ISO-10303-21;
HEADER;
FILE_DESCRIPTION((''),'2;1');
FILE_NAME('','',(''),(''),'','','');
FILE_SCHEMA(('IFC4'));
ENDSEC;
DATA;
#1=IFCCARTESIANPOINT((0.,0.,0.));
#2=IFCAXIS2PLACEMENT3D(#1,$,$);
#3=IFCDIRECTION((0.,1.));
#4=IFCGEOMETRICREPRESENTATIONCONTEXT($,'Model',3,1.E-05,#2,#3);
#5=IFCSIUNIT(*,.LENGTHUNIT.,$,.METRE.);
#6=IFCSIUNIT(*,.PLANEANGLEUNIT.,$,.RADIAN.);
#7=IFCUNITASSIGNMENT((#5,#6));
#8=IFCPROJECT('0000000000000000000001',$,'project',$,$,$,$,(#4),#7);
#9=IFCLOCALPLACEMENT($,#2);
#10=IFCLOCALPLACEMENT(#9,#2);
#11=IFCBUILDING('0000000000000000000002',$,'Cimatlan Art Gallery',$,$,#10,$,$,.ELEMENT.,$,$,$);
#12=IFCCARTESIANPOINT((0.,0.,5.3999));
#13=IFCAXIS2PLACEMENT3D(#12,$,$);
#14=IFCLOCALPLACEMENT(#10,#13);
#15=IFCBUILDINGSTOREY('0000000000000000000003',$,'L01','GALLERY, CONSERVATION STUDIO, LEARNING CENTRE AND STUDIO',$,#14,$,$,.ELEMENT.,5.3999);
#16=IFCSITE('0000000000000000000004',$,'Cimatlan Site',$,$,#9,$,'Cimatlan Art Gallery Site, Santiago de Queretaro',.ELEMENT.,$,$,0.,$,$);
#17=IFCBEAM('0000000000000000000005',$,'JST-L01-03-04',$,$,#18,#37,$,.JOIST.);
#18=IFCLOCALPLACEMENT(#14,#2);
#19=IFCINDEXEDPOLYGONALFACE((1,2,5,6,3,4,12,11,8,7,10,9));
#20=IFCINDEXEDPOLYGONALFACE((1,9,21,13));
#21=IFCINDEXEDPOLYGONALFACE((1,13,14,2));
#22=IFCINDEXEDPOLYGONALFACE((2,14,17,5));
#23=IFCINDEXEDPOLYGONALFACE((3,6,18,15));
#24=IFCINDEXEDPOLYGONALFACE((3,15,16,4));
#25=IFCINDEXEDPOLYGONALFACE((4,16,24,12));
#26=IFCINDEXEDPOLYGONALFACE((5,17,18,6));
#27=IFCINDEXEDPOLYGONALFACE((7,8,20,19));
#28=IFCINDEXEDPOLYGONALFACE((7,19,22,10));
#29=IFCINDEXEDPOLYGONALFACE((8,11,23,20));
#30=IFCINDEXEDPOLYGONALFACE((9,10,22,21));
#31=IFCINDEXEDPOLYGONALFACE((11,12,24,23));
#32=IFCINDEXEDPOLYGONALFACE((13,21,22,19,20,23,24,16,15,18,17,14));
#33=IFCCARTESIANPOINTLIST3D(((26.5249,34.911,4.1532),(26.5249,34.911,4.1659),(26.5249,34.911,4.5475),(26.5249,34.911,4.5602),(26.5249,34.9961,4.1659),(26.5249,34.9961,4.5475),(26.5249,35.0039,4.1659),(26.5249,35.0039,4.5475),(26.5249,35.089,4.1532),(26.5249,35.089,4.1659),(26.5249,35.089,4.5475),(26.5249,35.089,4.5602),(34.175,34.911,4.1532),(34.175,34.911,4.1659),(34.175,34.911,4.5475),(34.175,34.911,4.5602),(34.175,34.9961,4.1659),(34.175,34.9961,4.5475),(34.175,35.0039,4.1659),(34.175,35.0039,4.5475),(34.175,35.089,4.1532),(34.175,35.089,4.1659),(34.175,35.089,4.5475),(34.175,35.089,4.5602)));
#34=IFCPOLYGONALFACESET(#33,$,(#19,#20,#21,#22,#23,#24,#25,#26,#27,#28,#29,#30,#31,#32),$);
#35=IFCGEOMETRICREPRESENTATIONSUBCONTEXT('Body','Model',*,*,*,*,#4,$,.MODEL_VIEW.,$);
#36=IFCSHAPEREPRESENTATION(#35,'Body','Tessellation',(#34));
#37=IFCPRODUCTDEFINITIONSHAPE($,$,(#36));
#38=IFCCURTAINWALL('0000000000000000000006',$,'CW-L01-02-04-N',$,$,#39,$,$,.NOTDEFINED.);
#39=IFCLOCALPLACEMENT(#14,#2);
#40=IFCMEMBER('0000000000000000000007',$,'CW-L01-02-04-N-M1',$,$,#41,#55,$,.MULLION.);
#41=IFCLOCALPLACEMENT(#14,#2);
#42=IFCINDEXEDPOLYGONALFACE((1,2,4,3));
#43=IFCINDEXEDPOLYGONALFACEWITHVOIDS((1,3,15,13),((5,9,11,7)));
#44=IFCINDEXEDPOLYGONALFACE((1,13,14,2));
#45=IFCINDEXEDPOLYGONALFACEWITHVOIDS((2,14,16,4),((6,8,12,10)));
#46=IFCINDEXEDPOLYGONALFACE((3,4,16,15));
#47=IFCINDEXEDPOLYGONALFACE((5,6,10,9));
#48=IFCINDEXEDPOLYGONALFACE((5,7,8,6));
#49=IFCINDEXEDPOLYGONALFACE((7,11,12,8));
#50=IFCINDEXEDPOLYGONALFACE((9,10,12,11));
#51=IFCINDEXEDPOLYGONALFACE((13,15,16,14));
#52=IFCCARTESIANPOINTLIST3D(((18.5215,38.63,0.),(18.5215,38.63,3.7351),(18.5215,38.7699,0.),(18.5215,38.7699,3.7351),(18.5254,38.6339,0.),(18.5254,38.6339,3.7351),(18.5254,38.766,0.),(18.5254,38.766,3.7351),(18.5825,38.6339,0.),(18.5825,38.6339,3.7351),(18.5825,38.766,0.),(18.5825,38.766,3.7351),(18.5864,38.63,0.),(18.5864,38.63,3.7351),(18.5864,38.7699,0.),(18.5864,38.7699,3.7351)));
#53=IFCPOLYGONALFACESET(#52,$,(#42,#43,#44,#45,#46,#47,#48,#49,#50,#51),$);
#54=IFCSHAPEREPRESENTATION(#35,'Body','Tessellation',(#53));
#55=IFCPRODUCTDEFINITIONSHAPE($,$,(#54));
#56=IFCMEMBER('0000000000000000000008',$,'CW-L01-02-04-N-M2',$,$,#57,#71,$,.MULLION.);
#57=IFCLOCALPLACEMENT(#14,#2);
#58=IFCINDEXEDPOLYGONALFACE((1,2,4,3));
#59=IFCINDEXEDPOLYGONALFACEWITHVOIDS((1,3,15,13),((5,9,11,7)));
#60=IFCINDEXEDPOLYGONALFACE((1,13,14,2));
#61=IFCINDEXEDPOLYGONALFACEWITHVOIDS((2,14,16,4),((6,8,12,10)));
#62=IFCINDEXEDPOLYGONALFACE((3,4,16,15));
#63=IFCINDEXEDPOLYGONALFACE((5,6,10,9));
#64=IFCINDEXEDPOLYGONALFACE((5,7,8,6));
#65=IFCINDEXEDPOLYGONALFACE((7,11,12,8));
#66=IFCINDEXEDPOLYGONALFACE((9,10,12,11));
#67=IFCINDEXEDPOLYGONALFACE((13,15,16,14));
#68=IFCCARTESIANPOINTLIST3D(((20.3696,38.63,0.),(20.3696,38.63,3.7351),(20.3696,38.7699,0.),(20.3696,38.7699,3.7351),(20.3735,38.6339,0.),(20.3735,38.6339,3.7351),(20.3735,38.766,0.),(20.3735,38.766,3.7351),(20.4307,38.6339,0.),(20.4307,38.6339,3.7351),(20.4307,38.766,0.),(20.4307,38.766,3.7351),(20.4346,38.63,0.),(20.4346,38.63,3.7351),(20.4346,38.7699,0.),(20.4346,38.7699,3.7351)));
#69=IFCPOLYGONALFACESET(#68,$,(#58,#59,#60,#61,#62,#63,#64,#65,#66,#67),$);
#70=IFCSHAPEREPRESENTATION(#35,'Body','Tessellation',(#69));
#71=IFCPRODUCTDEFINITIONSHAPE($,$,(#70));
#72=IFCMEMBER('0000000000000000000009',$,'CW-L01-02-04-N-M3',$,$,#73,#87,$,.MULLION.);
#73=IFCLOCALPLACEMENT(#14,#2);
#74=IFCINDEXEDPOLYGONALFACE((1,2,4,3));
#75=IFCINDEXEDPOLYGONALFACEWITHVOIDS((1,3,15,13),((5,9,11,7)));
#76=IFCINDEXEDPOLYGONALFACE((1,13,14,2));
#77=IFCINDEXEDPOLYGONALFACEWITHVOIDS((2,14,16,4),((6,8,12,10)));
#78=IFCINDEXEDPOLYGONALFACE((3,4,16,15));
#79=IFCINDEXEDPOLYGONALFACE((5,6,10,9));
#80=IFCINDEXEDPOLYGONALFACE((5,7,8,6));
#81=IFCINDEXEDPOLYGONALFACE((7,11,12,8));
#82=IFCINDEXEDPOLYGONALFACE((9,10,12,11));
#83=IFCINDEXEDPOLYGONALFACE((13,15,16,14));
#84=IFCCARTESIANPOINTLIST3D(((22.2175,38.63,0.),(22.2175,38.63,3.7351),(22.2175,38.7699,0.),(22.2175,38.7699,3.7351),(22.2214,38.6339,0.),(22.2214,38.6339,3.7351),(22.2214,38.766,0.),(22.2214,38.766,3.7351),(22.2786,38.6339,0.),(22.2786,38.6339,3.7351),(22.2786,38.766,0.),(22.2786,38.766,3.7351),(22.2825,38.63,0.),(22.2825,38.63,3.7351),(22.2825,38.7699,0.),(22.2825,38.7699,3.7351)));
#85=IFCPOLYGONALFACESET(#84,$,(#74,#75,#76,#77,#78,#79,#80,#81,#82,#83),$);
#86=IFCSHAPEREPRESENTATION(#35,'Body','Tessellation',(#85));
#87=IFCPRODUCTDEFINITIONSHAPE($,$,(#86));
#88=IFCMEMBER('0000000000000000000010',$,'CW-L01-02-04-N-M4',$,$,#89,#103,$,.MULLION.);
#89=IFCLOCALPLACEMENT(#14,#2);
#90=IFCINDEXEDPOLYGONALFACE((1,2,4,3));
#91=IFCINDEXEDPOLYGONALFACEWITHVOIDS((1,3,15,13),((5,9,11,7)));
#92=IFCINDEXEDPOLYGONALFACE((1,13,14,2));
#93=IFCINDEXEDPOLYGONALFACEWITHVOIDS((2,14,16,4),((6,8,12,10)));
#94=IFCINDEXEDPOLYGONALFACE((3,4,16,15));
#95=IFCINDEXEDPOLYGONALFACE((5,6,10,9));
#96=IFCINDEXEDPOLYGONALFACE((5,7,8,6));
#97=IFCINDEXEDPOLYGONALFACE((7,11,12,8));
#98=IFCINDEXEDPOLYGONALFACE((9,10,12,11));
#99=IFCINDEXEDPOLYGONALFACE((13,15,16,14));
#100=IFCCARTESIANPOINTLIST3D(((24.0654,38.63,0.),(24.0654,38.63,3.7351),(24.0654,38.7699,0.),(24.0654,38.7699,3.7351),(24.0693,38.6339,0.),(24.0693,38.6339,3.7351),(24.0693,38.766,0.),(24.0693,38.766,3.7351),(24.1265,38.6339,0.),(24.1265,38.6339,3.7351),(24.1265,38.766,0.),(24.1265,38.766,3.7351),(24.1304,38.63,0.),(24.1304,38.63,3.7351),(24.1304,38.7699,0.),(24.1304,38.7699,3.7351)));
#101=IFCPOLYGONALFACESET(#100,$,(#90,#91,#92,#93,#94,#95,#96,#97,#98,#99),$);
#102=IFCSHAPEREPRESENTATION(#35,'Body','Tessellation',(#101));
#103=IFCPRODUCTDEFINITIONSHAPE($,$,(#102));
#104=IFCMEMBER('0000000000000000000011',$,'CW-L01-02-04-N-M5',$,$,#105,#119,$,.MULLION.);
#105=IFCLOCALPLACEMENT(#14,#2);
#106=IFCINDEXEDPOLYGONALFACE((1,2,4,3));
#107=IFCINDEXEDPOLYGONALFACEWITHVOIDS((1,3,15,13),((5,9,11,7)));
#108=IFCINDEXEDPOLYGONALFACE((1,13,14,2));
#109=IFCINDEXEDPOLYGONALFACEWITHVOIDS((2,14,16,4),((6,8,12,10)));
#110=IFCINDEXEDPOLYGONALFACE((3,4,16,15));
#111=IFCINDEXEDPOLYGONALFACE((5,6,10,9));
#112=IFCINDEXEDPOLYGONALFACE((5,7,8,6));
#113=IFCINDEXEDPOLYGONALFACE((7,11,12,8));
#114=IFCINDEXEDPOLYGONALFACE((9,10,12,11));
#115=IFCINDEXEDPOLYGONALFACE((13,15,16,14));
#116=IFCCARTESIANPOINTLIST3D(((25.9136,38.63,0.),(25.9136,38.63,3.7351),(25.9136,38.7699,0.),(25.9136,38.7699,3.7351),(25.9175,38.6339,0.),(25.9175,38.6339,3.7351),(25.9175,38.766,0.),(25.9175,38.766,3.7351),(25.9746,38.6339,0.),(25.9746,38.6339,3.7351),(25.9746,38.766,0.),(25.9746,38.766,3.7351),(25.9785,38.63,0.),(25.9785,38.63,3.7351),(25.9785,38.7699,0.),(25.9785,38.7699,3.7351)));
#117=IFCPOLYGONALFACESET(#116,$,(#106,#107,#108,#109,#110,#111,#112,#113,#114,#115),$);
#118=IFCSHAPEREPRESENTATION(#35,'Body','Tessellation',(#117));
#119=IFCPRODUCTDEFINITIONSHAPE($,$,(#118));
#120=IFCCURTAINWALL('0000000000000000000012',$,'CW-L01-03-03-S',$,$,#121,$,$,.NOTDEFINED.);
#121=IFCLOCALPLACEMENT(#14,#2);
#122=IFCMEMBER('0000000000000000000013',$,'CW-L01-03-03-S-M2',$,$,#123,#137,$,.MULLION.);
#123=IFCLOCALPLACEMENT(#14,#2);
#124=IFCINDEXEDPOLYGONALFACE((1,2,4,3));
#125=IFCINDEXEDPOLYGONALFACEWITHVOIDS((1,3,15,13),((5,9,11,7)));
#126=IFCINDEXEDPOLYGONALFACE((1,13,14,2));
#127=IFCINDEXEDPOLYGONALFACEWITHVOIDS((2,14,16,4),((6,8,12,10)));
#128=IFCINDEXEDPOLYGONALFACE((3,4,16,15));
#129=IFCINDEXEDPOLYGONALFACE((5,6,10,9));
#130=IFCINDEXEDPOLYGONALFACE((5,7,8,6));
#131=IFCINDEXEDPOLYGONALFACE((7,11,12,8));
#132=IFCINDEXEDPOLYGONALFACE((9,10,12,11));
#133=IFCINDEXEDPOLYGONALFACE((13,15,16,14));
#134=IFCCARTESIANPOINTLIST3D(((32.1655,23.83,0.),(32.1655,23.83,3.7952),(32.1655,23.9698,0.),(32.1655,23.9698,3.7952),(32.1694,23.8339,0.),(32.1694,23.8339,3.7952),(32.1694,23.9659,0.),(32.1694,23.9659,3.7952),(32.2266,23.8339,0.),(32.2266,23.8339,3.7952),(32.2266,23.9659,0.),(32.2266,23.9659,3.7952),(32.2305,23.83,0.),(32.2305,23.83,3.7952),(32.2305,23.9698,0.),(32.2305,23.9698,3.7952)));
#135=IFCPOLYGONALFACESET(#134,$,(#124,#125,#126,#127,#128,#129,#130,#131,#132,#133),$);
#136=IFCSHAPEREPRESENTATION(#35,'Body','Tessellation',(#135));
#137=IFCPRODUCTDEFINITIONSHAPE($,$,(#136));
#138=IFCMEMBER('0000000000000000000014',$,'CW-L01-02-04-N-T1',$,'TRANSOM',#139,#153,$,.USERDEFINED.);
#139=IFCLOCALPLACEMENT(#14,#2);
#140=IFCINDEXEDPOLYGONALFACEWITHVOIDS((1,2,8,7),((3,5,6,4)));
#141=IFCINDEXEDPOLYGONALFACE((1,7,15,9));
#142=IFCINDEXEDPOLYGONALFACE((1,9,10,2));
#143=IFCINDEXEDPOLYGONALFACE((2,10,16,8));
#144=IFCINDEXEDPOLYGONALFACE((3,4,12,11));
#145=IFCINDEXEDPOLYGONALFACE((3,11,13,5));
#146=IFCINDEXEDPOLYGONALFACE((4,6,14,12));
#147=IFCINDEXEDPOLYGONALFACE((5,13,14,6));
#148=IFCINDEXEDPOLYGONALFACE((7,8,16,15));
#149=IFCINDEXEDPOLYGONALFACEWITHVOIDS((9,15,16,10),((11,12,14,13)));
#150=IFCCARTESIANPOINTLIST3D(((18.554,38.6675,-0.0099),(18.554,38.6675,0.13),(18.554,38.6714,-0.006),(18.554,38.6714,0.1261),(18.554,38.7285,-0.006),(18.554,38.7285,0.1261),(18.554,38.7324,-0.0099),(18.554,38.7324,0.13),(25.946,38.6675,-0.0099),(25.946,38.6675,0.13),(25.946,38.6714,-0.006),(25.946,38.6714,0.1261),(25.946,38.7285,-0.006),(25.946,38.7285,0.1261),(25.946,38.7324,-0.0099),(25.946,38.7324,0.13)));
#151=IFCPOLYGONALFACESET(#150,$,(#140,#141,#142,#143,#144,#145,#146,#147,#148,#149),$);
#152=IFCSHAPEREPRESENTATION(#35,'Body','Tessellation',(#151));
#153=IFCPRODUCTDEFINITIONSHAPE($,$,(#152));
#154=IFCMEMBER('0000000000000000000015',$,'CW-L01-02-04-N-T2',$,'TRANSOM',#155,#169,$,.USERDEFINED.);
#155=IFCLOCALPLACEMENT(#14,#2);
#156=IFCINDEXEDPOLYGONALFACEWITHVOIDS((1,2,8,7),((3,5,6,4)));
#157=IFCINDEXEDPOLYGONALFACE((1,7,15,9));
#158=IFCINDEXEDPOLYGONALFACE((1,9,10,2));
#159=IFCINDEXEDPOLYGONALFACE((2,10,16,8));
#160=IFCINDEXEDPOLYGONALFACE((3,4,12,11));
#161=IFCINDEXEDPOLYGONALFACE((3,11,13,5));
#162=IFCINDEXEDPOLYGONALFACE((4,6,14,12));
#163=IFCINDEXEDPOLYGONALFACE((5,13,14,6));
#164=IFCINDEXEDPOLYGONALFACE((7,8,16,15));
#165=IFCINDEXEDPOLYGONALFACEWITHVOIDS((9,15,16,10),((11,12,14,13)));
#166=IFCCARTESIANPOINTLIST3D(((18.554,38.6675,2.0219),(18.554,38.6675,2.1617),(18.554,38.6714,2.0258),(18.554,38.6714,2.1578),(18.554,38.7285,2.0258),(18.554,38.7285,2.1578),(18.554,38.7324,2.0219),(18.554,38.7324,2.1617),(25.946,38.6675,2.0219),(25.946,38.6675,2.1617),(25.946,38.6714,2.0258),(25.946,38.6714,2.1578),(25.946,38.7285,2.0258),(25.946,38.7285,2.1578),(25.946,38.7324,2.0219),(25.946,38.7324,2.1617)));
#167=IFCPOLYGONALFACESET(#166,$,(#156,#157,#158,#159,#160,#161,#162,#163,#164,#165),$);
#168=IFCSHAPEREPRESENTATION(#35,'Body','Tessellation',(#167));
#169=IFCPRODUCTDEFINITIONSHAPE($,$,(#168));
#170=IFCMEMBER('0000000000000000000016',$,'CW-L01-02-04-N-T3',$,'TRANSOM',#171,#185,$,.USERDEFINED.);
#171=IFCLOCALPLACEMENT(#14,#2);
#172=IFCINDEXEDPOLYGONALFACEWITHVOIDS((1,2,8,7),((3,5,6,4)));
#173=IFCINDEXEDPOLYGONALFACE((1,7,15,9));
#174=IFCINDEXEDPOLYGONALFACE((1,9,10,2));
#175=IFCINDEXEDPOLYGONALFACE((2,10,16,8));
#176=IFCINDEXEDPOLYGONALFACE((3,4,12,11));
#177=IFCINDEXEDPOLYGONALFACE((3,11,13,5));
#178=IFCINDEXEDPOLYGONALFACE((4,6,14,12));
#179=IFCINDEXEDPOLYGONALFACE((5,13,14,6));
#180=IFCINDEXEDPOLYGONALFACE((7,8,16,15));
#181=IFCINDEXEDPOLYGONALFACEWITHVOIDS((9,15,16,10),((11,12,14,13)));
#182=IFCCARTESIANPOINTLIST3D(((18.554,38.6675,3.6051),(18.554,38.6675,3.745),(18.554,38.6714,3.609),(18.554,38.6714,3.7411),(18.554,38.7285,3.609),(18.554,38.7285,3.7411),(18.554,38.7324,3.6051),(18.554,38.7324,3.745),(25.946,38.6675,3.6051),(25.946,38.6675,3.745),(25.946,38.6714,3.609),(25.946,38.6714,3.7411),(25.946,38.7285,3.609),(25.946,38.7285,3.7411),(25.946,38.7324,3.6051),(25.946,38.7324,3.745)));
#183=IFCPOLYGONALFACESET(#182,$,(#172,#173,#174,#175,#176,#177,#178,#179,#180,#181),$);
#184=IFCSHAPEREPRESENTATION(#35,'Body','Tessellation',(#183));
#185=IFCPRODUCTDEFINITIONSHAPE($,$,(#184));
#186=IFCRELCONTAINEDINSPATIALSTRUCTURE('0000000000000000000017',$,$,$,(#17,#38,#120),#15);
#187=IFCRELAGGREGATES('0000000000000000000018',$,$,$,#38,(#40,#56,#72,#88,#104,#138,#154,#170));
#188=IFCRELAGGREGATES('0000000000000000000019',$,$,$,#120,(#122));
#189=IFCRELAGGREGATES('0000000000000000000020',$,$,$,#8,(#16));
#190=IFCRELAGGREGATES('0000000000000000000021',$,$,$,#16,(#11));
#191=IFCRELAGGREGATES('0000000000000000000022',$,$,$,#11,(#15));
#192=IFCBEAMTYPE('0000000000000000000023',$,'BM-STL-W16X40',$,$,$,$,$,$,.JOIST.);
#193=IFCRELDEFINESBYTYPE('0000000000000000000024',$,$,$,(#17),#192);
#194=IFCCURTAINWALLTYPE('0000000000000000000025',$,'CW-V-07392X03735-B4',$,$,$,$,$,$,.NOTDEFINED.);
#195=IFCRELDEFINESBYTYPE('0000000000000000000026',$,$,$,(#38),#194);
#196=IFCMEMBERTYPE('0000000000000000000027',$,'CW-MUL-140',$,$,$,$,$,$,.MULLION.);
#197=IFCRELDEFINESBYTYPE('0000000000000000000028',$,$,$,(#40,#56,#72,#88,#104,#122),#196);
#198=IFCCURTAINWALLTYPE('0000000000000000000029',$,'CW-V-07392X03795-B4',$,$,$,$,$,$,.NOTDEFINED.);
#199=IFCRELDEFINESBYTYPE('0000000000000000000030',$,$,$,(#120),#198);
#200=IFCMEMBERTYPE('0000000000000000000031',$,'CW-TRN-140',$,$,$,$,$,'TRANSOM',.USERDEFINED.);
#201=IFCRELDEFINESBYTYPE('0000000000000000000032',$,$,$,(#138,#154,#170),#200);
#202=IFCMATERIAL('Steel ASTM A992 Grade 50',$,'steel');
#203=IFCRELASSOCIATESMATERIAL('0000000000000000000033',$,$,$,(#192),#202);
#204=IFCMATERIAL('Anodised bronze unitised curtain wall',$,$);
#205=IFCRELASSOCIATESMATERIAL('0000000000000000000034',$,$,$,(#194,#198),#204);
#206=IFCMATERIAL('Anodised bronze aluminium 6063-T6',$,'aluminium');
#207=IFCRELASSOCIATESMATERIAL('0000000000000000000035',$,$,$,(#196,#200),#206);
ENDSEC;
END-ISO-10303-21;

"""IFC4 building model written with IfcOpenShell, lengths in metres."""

from ifc_helpers import new_model, si_unit, direction, frame, origin, origin_2d, place, context, subcontext, project, spatial, hollow_rectangle, i_section, extrude, material, material_profile, profile_set, type_object, element, aggregate, save


model = new_model("IFC4")

# Units and contexts
model_context = context("Model", 3, precision=1e-05, world=origin(), true_north=direction((0.0, 1.0)))
body_context = subcontext(model_context, "Body", "Model", "MODEL_VIEW")
ifc_project = project(units=[si_unit("LENGTHUNIT", "METRE"), si_unit("PLANEANGLEUNIT", "RADIAN")], contexts=[model_context])

# Site, building, storey
site_placement = place(None, origin())
site = spatial("IfcSite", under=ifc_project, at=site_placement, Name="Cimatlan Site", LongName="Cimatlan Art Gallery Site, Santiago de Queretaro", CompositionType="ELEMENT", RefElevation=0.0)
building_placement = place(site_placement, origin())
building = spatial("IfcBuilding", under=site, at=building_placement, Name="Cimatlan Art Gallery", CompositionType="ELEMENT")
storey_placement = place(building_placement, frame((0.0, 0.0, 5.3999)))
storey = spatial("IfcBuildingStorey", under=building, at=storey_placement, Name="L01", Description="GALLERY, CONSERVATION STUDIO, LEARNING CENTRE AND STUDIO", CompositionType="ELEMENT", Elevation=5.3999)

# Beam
ifc_material_1 = material(Name="Steel ASTM A992 Grade 50", Category="steel")
ifc_material_profile_1 = material_profile(ifc_material_1, i_section(OverallWidth=0.178, OverallDepth=0.407, WebThickness=0.0078, FlangeThickness=0.0127, at=origin_2d()), Name="W16X40")
ifc_profile_set_1 = profile_set([ifc_material_profile_1], Name="Steel ASTM A992 Grade 50")
beam_type_1 = type_object("IfcBeamType", Name="BM-STL-W16X40", PredefinedType="JOIST", material=ifc_profile_set_1)
for number, where, z_axis, x_axis, name in (
    (1, (26.5249, 35.0, 4.3567), (1.0, 0.0, 0.0), (0.0, 1.0, 0.0), "JST-L01-03-04"),
):
    element("IfcBeam", number, at=place(storey_placement, frame(where, z_axis=z_axis, x_axis=x_axis)), inside=storey, type_object=beam_type_1, Name=name, PredefinedType="JOIST", context=body_context, shape_type="SweptSolid", body=[
        extrude(i_section(OverallWidth=0.178, OverallDepth=0.407, WebThickness=0.0078, FlangeThickness=0.0127, at=origin_2d()), origin(), (0.0, 0.0, 1.0), 7.6501),
    ])

# Curtain wall, members
ifc_material_2 = material(Name="Anodised bronze unitised curtain wall")
curtain_wall_type_1 = type_object("IfcCurtainWallType", Name="CW-V-07392X03735-B4", PredefinedType="NOTDEFINED", material=ifc_material_2)
curtain_wall_1_placement = place(storey_placement, origin())
curtain_wall_1 = element("IfcCurtainWall", 2, at=curtain_wall_1_placement, inside=storey, type_object=curtain_wall_type_1, Name="CW-L01-02-04-N", PredefinedType="NOTDEFINED")
ifc_material_3 = material(Name="Anodised bronze aluminium 6063-T6", Category="aluminium")
ifc_material_profile_2 = material_profile(ifc_material_3, hollow_rectangle(XDim=0.0649, YDim=0.1399, WallThickness=0.0039, at=origin_2d()), Name="ALU65X140X4")
ifc_profile_set_2 = profile_set([ifc_material_profile_2], Name="Anodised bronze aluminium 6063-T6")
member_type_1 = type_object("IfcMemberType", Name="CW-MUL-140", PredefinedType="MULLION", material=ifc_profile_set_2)
member_1_placement = place(storey_placement, frame((18.554, 38.7, 0.0), z_axis=(0.0, 0.0, 1.0), x_axis=(1.0, 0.0, 0.0)))
member_1 = element("IfcMember", 3, at=member_1_placement, type_object=member_type_1, Name="CW-L01-02-04-N-M1", PredefinedType="MULLION", context=body_context, shape_type="SweptSolid", body=[
    extrude(hollow_rectangle(XDim=0.0649, YDim=0.1399, WallThickness=0.0039, at=origin_2d()), origin(), (0.0, 0.0, 1.0), 3.7351),
])
member_2_placement = place(storey_placement, frame((20.4021, 38.7, 0.0), z_axis=(0.0, 0.0, 1.0), x_axis=(1.0, 0.0, 0.0)))
member_2 = element("IfcMember", 4, at=member_2_placement, type_object=member_type_1, Name="CW-L01-02-04-N-M2", PredefinedType="MULLION", context=body_context, shape_type="SweptSolid", body=[
    extrude(hollow_rectangle(XDim=0.0649, YDim=0.1399, WallThickness=0.0039, at=origin_2d()), origin(), (0.0, 0.0, 1.0), 3.7351),
])
member_3_placement = place(storey_placement, frame((22.25, 38.7, 0.0), z_axis=(0.0, 0.0, 1.0), x_axis=(1.0, 0.0, 0.0)))
member_3 = element("IfcMember", 5, at=member_3_placement, type_object=member_type_1, Name="CW-L01-02-04-N-M3", PredefinedType="MULLION", context=body_context, shape_type="SweptSolid", body=[
    extrude(hollow_rectangle(XDim=0.0649, YDim=0.1399, WallThickness=0.0039, at=origin_2d()), origin(), (0.0, 0.0, 1.0), 3.7351),
])
member_4_placement = place(storey_placement, frame((24.0979, 38.7, 0.0), z_axis=(0.0, 0.0, 1.0), x_axis=(1.0, 0.0, 0.0)))
member_4 = element("IfcMember", 6, at=member_4_placement, type_object=member_type_1, Name="CW-L01-02-04-N-M4", PredefinedType="MULLION", context=body_context, shape_type="SweptSolid", body=[
    extrude(hollow_rectangle(XDim=0.0649, YDim=0.1399, WallThickness=0.0039, at=origin_2d()), origin(), (0.0, 0.0, 1.0), 3.7351),
])
member_5_placement = place(storey_placement, frame((25.946, 38.7, 0.0), z_axis=(0.0, 0.0, 1.0), x_axis=(1.0, 0.0, 0.0)))
member_5 = element("IfcMember", 7, at=member_5_placement, type_object=member_type_1, Name="CW-L01-02-04-N-M5", PredefinedType="MULLION", context=body_context, shape_type="SweptSolid", body=[
    extrude(hollow_rectangle(XDim=0.0649, YDim=0.1399, WallThickness=0.0039, at=origin_2d()), origin(), (0.0, 0.0, 1.0), 3.7351),
])

# Curtain wall, member
curtain_wall_type_2 = type_object("IfcCurtainWallType", Name="CW-V-07392X03795-B4", PredefinedType="NOTDEFINED", material=ifc_material_2)
curtain_wall_2_placement = place(storey_placement, origin())
curtain_wall_2 = element("IfcCurtainWall", 8, at=curtain_wall_2_placement, inside=storey, type_object=curtain_wall_type_2, Name="CW-L01-03-03-S", PredefinedType="NOTDEFINED")
member_6_placement = place(storey_placement, frame((32.198, 23.8999, 0.0), z_axis=(0.0, 0.0, 1.0), x_axis=(1.0, 0.0, 0.0)))
member_6 = element("IfcMember", 9, at=member_6_placement, type_object=member_type_1, Name="CW-L01-03-03-S-M2", PredefinedType="MULLION", context=body_context, shape_type="SweptSolid", body=[
    extrude(hollow_rectangle(XDim=0.0649, YDim=0.1399, WallThickness=0.0039, at=origin_2d()), origin(), (0.0, 0.0, 1.0), 3.7952),
])

# Members
ifc_material_profile_3 = material_profile(ifc_material_3, hollow_rectangle(XDim=0.0649, YDim=0.1399, WallThickness=0.0039, at=origin_2d()), Name="ALU65X140X4")
ifc_profile_set_3 = profile_set([ifc_material_profile_3], Name="Anodised bronze aluminium 6063-T6")
member_type_2 = type_object("IfcMemberType", Name="CW-TRN-140", ElementType="TRANSOM", PredefinedType="USERDEFINED", material=ifc_profile_set_3)
member_7_placement = place(storey_placement, frame((18.554, 38.7, 0.0601), z_axis=(1.0, 0.0, 0.0), x_axis=(0.0, 1.0, 0.0)))
member_7 = element("IfcMember", 10, at=member_7_placement, type_object=member_type_2, Name="CW-L01-02-04-N-T1", ObjectType="TRANSOM", PredefinedType="USERDEFINED", context=body_context, shape_type="SweptSolid", body=[
    extrude(hollow_rectangle(XDim=0.0649, YDim=0.1399, WallThickness=0.0039, at=origin_2d()), origin(), (0.0, 0.0, 1.0), 7.3921),
])
member_8_placement = place(storey_placement, frame((18.554, 38.7, 2.0918), z_axis=(1.0, 0.0, 0.0), x_axis=(0.0, 1.0, 0.0)))
member_8 = element("IfcMember", 11, at=member_8_placement, type_object=member_type_2, Name="CW-L01-02-04-N-T2", ObjectType="TRANSOM", PredefinedType="USERDEFINED", context=body_context, shape_type="SweptSolid", body=[
    extrude(hollow_rectangle(XDim=0.0649, YDim=0.1399, WallThickness=0.0039, at=origin_2d()), origin(), (0.0, 0.0, 1.0), 7.3921),
])
member_9_placement = place(storey_placement, frame((18.554, 38.7, 3.675), z_axis=(1.0, 0.0, 0.0), x_axis=(0.0, 1.0, 0.0)))
member_9 = element("IfcMember", 12, at=member_9_placement, type_object=member_type_2, Name="CW-L01-02-04-N-T3", ObjectType="TRANSOM", PredefinedType="USERDEFINED", context=body_context, shape_type="SweptSolid", body=[
    extrude(hollow_rectangle(XDim=0.0649, YDim=0.1399, WallThickness=0.0039, at=origin_2d()), origin(), (0.0, 0.0, 1.0), 7.3921),
])

aggregate(curtain_wall_1, [member_1, member_2, member_3, member_4, member_5, member_7, member_8, member_9])
aggregate(curtain_wall_2, [member_6])

save(model, "model.ifc")
